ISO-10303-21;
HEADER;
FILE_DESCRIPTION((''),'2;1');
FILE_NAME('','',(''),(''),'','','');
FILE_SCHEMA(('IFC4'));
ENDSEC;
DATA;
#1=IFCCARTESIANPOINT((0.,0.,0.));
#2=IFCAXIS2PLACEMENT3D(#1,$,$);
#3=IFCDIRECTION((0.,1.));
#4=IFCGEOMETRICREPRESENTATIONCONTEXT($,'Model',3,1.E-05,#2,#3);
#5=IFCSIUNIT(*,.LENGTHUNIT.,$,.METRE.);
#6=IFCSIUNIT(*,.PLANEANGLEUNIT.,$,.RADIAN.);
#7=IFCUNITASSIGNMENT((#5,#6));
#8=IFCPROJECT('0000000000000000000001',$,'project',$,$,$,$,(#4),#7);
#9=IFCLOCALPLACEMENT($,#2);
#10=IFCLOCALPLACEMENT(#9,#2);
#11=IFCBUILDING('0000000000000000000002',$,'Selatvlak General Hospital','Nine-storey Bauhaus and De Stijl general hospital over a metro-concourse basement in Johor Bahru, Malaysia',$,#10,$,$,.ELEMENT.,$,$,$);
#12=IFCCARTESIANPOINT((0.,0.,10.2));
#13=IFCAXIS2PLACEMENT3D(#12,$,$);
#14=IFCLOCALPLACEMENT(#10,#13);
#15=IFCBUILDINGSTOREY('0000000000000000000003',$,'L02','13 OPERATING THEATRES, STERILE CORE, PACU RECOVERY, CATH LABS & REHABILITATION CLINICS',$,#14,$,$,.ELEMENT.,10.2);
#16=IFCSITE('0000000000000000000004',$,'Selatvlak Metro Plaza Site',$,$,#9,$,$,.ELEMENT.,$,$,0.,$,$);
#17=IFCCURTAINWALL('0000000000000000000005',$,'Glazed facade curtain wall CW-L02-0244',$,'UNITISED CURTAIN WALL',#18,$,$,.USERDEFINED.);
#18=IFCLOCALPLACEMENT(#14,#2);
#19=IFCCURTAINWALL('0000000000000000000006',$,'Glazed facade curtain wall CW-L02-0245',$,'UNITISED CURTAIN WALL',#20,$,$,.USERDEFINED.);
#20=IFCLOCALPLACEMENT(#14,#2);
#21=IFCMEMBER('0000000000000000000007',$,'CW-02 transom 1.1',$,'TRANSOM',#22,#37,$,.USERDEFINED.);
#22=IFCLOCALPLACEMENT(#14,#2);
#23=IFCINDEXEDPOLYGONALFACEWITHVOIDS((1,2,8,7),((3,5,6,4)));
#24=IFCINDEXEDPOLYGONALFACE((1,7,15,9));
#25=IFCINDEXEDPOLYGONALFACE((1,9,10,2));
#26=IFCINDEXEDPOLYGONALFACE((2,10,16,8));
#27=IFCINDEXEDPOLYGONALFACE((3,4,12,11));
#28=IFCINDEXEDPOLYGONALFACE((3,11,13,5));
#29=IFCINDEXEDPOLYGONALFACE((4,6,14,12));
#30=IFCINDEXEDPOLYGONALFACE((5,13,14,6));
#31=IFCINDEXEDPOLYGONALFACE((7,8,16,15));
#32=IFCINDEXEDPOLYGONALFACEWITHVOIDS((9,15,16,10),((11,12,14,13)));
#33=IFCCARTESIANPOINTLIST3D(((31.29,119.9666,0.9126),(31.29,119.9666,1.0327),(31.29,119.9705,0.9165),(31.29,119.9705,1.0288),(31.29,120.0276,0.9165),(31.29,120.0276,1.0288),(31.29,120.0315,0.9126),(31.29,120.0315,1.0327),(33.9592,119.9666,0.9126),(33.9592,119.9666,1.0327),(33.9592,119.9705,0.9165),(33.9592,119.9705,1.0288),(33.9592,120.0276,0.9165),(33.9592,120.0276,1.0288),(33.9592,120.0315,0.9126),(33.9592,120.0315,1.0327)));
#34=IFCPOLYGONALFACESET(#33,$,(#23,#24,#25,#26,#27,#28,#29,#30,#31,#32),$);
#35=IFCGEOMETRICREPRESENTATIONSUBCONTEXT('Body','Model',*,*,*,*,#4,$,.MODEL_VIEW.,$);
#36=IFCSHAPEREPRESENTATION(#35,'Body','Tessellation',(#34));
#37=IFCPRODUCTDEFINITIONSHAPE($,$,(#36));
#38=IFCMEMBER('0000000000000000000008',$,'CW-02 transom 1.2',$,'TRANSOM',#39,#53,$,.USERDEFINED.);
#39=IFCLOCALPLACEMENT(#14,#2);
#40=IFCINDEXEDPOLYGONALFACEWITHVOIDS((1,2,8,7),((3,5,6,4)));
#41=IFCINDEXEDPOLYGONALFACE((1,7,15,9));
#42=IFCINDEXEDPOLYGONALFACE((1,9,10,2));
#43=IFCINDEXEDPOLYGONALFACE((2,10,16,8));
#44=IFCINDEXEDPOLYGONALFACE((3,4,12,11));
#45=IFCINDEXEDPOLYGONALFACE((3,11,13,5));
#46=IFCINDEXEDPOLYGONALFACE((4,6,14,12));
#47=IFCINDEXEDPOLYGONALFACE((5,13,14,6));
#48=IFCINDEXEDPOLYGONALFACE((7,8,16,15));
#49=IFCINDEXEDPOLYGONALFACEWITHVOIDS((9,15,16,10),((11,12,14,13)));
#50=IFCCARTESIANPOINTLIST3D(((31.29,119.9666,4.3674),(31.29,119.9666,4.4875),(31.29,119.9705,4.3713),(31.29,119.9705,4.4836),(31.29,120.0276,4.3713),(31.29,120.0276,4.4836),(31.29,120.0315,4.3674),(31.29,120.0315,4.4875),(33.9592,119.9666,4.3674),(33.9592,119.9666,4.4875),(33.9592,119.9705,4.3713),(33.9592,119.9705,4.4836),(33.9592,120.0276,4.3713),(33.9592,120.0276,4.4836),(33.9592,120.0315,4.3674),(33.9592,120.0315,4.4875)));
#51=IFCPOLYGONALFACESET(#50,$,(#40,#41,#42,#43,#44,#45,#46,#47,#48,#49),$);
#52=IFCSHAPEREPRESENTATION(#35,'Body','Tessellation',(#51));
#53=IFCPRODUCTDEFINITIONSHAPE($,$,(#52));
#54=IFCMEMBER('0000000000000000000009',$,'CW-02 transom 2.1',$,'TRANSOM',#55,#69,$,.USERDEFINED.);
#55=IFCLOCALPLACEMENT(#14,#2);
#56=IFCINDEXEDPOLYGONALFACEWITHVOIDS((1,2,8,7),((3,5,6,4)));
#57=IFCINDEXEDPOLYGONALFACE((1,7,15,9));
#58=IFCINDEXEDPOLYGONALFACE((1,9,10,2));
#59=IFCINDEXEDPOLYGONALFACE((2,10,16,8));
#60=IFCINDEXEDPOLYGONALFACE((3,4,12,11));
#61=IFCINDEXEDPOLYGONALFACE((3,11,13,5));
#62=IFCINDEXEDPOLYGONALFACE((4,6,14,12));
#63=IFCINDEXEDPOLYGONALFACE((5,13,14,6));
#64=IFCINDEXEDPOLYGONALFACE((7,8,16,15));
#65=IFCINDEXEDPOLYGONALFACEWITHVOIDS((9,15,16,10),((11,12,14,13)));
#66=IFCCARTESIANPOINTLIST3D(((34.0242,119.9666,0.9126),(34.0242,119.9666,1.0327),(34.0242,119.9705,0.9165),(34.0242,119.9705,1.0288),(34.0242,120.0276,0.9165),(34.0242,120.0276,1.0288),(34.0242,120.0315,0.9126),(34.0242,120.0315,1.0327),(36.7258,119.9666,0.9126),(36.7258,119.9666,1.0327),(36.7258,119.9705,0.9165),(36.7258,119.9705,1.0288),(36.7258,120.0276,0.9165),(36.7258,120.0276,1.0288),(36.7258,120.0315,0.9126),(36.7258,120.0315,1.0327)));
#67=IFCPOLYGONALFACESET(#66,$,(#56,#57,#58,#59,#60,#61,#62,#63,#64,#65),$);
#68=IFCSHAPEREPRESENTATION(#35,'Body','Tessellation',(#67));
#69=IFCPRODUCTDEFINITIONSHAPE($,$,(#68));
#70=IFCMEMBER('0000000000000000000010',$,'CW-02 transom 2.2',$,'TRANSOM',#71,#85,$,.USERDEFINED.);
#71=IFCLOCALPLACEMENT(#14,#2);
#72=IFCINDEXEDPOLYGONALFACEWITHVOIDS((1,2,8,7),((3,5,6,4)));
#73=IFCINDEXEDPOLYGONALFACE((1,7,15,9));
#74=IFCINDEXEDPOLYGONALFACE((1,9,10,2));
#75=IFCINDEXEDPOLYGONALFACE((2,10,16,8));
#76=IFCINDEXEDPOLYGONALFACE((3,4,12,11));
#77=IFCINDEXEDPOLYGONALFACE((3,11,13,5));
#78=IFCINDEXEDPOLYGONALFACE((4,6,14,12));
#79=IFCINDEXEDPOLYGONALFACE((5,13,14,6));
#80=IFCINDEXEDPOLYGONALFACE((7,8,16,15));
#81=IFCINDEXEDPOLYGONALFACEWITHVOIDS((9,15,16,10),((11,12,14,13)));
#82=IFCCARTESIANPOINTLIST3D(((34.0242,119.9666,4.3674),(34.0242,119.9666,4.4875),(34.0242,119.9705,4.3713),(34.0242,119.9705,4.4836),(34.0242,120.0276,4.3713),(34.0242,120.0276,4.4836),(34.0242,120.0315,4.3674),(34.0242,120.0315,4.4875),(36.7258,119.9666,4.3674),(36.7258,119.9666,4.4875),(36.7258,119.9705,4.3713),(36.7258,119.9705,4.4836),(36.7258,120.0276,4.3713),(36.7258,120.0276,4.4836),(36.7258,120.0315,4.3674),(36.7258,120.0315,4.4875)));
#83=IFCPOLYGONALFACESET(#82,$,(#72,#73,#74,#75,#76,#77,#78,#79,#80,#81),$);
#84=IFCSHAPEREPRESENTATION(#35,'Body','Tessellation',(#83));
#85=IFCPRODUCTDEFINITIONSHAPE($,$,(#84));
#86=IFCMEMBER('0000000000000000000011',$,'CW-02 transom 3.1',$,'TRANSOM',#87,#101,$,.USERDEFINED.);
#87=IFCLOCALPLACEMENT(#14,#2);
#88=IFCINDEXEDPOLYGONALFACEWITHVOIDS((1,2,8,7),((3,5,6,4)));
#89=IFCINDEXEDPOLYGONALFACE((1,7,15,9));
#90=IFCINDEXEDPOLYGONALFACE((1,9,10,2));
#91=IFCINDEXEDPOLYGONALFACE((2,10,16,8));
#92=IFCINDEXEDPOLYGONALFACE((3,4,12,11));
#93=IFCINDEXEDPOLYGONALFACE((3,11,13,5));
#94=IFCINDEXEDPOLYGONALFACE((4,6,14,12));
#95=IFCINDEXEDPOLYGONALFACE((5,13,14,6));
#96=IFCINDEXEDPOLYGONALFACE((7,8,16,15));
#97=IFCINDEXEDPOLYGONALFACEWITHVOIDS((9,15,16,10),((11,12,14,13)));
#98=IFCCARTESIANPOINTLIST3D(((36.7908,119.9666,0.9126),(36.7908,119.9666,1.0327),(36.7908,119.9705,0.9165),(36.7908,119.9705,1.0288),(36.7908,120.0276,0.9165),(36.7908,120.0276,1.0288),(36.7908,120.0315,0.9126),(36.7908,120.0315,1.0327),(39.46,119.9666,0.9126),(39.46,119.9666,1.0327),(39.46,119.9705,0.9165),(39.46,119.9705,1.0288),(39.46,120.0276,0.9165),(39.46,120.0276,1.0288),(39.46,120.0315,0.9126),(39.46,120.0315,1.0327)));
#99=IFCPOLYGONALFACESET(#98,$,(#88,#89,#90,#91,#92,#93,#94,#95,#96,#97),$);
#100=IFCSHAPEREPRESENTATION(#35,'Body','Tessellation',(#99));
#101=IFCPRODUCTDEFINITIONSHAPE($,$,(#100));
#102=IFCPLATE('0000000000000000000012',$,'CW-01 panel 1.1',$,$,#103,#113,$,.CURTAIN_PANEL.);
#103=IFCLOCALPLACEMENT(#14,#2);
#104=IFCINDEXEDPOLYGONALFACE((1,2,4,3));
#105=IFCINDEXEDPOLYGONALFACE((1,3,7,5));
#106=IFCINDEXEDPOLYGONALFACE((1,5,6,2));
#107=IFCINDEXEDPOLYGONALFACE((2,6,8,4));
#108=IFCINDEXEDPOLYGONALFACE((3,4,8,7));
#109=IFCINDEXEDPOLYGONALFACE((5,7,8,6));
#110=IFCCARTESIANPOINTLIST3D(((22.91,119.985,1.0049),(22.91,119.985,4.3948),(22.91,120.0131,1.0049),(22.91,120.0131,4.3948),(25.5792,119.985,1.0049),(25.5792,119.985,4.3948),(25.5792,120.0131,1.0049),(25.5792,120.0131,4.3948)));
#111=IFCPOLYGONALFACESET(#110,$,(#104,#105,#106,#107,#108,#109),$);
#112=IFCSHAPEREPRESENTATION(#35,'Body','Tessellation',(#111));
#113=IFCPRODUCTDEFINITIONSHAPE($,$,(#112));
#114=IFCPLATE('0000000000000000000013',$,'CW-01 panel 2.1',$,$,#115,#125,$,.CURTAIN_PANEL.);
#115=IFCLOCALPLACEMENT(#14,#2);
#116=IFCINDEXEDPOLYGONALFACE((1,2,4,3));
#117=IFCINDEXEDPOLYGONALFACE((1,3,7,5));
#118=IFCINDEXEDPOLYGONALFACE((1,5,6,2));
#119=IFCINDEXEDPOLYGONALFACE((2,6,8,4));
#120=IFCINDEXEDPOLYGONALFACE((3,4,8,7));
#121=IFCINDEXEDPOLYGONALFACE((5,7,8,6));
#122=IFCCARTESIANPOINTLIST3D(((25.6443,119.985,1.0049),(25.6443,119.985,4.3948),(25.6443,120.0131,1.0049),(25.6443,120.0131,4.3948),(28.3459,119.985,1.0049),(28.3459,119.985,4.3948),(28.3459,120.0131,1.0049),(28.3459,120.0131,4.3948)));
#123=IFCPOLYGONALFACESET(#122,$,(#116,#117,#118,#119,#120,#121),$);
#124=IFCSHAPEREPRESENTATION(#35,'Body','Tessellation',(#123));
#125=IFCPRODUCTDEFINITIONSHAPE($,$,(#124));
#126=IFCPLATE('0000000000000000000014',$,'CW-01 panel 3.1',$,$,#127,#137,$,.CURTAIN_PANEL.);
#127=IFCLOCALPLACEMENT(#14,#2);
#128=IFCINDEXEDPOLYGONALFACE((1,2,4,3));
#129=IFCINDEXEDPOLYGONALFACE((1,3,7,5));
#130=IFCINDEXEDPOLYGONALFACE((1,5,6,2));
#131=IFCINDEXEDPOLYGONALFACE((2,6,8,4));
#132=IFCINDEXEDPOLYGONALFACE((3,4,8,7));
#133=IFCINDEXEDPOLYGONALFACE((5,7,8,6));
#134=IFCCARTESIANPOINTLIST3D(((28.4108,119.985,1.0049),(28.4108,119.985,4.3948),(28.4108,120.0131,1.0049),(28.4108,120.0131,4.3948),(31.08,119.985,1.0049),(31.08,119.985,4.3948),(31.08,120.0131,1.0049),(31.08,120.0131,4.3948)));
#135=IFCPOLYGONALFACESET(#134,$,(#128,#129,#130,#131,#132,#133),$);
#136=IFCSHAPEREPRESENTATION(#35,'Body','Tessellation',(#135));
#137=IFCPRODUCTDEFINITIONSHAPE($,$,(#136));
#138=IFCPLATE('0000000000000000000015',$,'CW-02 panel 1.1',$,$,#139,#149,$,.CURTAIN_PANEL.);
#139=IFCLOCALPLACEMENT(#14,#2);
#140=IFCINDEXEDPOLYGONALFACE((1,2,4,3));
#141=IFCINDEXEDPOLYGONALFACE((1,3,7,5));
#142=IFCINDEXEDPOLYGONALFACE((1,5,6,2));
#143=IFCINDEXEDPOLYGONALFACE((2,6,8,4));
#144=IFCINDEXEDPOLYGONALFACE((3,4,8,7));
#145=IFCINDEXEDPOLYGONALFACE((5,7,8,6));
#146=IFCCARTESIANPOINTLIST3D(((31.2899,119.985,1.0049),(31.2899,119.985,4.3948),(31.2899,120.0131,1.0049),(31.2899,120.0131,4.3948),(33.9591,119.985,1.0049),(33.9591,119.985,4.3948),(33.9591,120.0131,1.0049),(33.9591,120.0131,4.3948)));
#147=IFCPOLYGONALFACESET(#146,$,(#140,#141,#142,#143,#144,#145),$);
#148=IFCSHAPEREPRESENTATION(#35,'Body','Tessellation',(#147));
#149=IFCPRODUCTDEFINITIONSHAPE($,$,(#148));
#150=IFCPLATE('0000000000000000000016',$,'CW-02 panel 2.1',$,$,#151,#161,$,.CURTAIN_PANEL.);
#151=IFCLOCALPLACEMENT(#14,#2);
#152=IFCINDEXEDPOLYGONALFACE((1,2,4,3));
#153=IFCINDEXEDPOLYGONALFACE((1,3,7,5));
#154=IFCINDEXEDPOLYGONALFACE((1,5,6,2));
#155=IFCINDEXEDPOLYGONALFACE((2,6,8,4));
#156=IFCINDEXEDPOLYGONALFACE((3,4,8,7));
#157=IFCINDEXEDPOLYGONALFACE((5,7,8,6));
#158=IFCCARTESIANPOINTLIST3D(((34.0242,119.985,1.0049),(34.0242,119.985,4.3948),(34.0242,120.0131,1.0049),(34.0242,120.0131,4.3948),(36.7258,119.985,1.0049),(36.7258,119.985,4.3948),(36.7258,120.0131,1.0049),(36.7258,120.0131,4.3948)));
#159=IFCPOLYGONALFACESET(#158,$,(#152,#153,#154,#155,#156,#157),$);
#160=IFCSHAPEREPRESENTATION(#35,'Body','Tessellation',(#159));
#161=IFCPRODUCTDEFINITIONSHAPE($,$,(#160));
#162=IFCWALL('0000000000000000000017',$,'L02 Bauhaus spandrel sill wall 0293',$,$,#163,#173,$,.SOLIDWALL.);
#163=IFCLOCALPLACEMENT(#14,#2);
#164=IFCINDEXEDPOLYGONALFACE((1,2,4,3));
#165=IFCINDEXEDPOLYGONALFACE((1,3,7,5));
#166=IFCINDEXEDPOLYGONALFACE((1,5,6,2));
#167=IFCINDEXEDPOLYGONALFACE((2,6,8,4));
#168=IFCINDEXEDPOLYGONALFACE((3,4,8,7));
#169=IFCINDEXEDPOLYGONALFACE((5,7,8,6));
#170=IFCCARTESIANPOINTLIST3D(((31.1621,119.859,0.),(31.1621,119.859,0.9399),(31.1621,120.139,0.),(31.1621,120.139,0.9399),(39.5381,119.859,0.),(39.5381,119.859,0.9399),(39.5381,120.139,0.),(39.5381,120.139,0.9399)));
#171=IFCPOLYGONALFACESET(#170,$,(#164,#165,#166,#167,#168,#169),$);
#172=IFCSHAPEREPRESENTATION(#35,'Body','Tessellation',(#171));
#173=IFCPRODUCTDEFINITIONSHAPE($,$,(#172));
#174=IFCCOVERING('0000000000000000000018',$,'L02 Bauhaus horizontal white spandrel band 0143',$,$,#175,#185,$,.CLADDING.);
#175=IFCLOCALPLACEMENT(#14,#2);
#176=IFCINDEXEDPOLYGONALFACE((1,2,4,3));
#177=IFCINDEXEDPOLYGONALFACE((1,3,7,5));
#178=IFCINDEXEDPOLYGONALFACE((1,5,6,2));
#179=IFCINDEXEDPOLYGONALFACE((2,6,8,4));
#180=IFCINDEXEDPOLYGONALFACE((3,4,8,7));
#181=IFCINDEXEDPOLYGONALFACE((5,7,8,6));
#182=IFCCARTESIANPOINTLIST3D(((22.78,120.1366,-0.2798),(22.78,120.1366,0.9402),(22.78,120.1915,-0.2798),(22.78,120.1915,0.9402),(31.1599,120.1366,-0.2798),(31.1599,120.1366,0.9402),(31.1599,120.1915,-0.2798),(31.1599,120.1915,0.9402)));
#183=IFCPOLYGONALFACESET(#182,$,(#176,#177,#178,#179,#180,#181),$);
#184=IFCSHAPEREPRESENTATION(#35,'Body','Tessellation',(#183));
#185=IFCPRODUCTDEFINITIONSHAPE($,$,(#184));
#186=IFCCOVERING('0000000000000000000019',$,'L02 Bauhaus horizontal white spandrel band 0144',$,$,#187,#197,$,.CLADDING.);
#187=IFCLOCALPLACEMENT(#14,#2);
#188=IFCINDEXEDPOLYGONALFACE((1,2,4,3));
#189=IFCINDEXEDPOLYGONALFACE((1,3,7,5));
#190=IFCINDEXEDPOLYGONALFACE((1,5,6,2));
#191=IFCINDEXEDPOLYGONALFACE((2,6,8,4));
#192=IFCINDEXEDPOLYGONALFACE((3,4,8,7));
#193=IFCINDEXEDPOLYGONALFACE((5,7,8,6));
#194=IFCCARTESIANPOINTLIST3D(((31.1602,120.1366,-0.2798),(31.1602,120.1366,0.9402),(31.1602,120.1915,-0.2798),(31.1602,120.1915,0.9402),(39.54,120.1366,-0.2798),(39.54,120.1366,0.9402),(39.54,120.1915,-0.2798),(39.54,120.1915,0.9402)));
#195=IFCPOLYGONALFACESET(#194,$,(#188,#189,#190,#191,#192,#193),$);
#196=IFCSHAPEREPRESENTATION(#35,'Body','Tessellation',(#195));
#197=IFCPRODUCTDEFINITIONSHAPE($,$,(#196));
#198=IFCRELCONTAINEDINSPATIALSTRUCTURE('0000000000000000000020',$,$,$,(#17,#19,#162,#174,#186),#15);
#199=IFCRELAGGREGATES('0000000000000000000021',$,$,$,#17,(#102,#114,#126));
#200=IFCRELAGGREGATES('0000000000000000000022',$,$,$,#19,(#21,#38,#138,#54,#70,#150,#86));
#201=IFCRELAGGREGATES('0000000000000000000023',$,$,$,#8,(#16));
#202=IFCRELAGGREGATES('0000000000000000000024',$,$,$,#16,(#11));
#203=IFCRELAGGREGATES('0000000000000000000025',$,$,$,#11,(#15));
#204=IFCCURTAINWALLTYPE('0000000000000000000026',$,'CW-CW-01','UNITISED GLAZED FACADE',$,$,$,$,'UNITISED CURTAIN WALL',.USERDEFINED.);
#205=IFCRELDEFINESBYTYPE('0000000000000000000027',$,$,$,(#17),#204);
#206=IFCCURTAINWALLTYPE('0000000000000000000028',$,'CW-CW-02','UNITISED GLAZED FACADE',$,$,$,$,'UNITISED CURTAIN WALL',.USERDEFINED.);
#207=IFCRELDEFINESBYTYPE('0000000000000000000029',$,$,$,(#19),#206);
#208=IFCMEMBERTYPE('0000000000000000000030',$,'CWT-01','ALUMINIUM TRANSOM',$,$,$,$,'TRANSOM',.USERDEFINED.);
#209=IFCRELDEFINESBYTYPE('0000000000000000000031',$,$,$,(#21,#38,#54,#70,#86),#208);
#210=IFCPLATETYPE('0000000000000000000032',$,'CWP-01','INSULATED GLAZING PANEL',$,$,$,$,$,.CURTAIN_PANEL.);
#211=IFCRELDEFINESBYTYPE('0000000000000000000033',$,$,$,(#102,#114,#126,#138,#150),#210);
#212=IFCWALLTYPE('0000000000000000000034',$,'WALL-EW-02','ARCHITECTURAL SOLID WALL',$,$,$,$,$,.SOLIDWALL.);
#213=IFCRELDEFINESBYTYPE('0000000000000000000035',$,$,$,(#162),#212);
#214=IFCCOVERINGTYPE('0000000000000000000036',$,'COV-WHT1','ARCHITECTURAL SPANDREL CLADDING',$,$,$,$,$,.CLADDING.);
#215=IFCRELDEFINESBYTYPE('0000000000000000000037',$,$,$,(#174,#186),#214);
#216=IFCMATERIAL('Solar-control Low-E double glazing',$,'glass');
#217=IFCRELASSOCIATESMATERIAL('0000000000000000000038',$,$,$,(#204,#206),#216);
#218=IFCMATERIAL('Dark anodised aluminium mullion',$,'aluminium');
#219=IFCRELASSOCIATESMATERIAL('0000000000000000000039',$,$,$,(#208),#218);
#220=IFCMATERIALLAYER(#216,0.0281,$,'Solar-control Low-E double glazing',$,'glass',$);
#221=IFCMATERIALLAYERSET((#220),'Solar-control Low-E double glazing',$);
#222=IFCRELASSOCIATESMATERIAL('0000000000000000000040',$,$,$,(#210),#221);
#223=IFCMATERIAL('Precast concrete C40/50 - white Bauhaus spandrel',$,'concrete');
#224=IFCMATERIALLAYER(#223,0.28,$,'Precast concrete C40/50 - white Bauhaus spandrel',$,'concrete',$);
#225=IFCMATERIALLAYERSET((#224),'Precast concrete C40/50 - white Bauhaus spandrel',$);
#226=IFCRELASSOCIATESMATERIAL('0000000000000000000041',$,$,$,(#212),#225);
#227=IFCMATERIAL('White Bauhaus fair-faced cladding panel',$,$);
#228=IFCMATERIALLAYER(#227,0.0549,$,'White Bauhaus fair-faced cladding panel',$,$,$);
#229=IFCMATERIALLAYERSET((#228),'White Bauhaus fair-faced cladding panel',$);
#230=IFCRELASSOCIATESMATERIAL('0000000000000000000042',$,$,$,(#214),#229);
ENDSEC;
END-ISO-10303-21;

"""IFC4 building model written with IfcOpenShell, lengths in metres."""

from ifc_helpers import new_model, si_unit, direction, frame, frame_2d, origin, origin_2d, place, context, subcontext, project, spatial, rectangle, hollow_rectangle, extrude, material, layer, layer_set, material_profile, profile_set, type_object, element, aggregate, save


model = new_model("IFC4")

# Units and contexts
model_context = context("Model", 3, precision=1e-05, world=origin(), true_north=direction((0.0, 1.0)))
body_context = subcontext(model_context, "Body", "Model", "MODEL_VIEW")
ifc_project = project(units=[si_unit("LENGTHUNIT", "METRE"), si_unit("PLANEANGLEUNIT", "RADIAN")], contexts=[model_context])

# Site, building, storey
site_placement = place(None, origin())
site = spatial("IfcSite", under=ifc_project, at=site_placement, Name="Selatvlak Metro Plaza Site", CompositionType="ELEMENT", RefElevation=0.0)
building_placement = place(site_placement, origin())
building = spatial("IfcBuilding", under=site, at=building_placement, Name="Selatvlak General Hospital", Description="Nine-storey Bauhaus and De Stijl general hospital over a metro-concourse basement in Johor Bahru, Malaysia", CompositionType="ELEMENT")
storey_placement = place(building_placement, frame((0.0, 0.0, 10.2)))
storey = spatial("IfcBuildingStorey", under=building, at=storey_placement, Name="L02", Description="13 OPERATING THEATRES, STERILE CORE, PACU RECOVERY, CATH LABS & REHABILITATION CLINICS", CompositionType="ELEMENT", Elevation=10.2)

# Curtain walls
ifc_material_1 = material(Name="Solar-control Low-E double glazing", Category="glass")
curtain_wall_type_1 = type_object("IfcCurtainWallType", Name="CW-CW-01", Description="UNITISED GLAZED FACADE", ElementType="UNITISED CURTAIN WALL", PredefinedType="USERDEFINED", material=ifc_material_1)
curtain_wall_1_placement = place(storey_placement, origin())
curtain_wall_1 = element("IfcCurtainWall", 1, at=curtain_wall_1_placement, inside=storey, type_object=curtain_wall_type_1, Name="Glazed facade curtain wall CW-L02-0244", ObjectType="UNITISED CURTAIN WALL", PredefinedType="USERDEFINED")
ifc_material_2 = material(Name="Dark anodised aluminium mullion", Category="aluminium")
curtain_wall_type_2 = type_object("IfcCurtainWallType", Name="CW-CW-02", Description="UNITISED GLAZED FACADE", ElementType="UNITISED CURTAIN WALL", PredefinedType="USERDEFINED", material=ifc_material_1)
curtain_wall_2_placement = place(storey_placement, origin())
curtain_wall_2 = element("IfcCurtainWall", 2, at=curtain_wall_2_placement, inside=storey, type_object=curtain_wall_type_2, Name="Glazed facade curtain wall CW-L02-0245", ObjectType="UNITISED CURTAIN WALL", PredefinedType="USERDEFINED")

# Members
ifc_material_profile_1 = material_profile(ifc_material_2, hollow_rectangle(XDim=0.0649, YDim=0.1201, WallThickness=0.0039, at=origin_2d()), Name="AL-TRN 65x120x4")
ifc_profile_set_1 = profile_set([ifc_material_profile_1], Name="Dark anodised aluminium mullion")
member_type_1 = type_object("IfcMemberType", Name="CWT-01", Description="ALUMINIUM TRANSOM", ElementType="TRANSOM", PredefinedType="USERDEFINED", material=ifc_profile_set_1)
member_1_placement = place(storey_placement, frame((31.29, 119.999, 0.9727), z_axis=(1.0, 0.0, 0.0), x_axis=(0.0, 1.0, 0.0)))
member_1 = element("IfcMember", 3, at=member_1_placement, type_object=member_type_1, Name="CW-02 transom 1.1", ObjectType="TRANSOM", PredefinedType="USERDEFINED", context=body_context, shape_type="SweptSolid", body=[
    extrude(hollow_rectangle(XDim=0.0649, YDim=0.1201, WallThickness=0.0039, at=origin_2d()), origin(), (0.0, 0.0, 1.0), 2.6692),
])
member_2_placement = place(storey_placement, frame((31.29, 119.999, 4.4275), z_axis=(1.0, 0.0, 0.0), x_axis=(0.0, 1.0, 0.0)))
member_2 = element("IfcMember", 4, at=member_2_placement, type_object=member_type_1, Name="CW-02 transom 1.2", ObjectType="TRANSOM", PredefinedType="USERDEFINED", context=body_context, shape_type="SweptSolid", body=[
    extrude(hollow_rectangle(XDim=0.0649, YDim=0.1201, WallThickness=0.0039, at=origin_2d()), origin(), (0.0, 0.0, 1.0), 2.6692),
])
member_3_placement = place(storey_placement, frame((34.0242, 119.999, 0.9727), z_axis=(1.0, 0.0, 0.0), x_axis=(0.0, 1.0, 0.0)))
member_3 = element("IfcMember", 5, at=member_3_placement, type_object=member_type_1, Name="CW-02 transom 2.1", ObjectType="TRANSOM", PredefinedType="USERDEFINED", context=body_context, shape_type="SweptSolid", body=[
    extrude(hollow_rectangle(XDim=0.0649, YDim=0.1201, WallThickness=0.0039, at=origin_2d()), origin(), (0.0, 0.0, 1.0), 2.7017),
])
member_4_placement = place(storey_placement, frame((34.0242, 119.999, 4.4275), z_axis=(1.0, 0.0, 0.0), x_axis=(0.0, 1.0, 0.0)))
member_4 = element("IfcMember", 6, at=member_4_placement, type_object=member_type_1, Name="CW-02 transom 2.2", ObjectType="TRANSOM", PredefinedType="USERDEFINED", context=body_context, shape_type="SweptSolid", body=[
    extrude(hollow_rectangle(XDim=0.0649, YDim=0.1201, WallThickness=0.0039, at=origin_2d()), origin(), (0.0, 0.0, 1.0), 2.7017),
])
member_5_placement = place(storey_placement, frame((36.7908, 119.999, 0.9727), z_axis=(1.0, 0.0, 0.0), x_axis=(0.0, 1.0, 0.0)))
member_5 = element("IfcMember", 7, at=member_5_placement, type_object=member_type_1, Name="CW-02 transom 3.1", ObjectType="TRANSOM", PredefinedType="USERDEFINED", context=body_context, shape_type="SweptSolid", body=[
    extrude(hollow_rectangle(XDim=0.0649, YDim=0.1201, WallThickness=0.0039, at=origin_2d()), origin(), (0.0, 0.0, 1.0), 2.6692),
])

# Plates
ifc_layer_1 = layer(ifc_material_1, 0.0281, Name="Solar-control Low-E double glazing", Category="glass")
ifc_layer_set_1 = layer_set([ifc_layer_1], Name="Solar-control Low-E double glazing")
plate_type = type_object("IfcPlateType", Name="CWP-01", Description="INSULATED GLAZING PANEL", PredefinedType="CURTAIN_PANEL", material=ifc_layer_set_1)
plate_1_placement = place(storey_placement, frame((24.2446, 119.999, 1.0049), z_axis=(0.0, 0.0, 1.0), x_axis=(1.0, 0.0, 0.0)))
plate_1 = element("IfcPlate", 8, at=plate_1_placement, type_object=plate_type, Name="CW-01 panel 1.1", PredefinedType="CURTAIN_PANEL", context=body_context, shape_type="SweptSolid", body=[
    extrude(rectangle(XDim=2.6692, YDim=0.0281, at=origin_2d()), origin(), (0.0, 0.0, 1.0), 3.3899),
])
plate_2_placement = place(storey_placement, frame((26.9951, 119.999, 1.0049), z_axis=(0.0, 0.0, 1.0), x_axis=(1.0, 0.0, 0.0)))
plate_2 = element("IfcPlate", 9, at=plate_2_placement, type_object=plate_type, Name="CW-01 panel 2.1", PredefinedType="CURTAIN_PANEL", context=body_context, shape_type="SweptSolid", body=[
    extrude(rectangle(XDim=2.7017, YDim=0.0281, at=origin_2d()), origin(), (0.0, 0.0, 1.0), 3.3899),
])
plate_3_placement = place(storey_placement, frame((29.7454, 119.999, 1.0049), z_axis=(0.0, 0.0, 1.0), x_axis=(1.0, 0.0, 0.0)))
plate_3 = element("IfcPlate", 10, at=plate_3_placement, type_object=plate_type, Name="CW-01 panel 3.1", PredefinedType="CURTAIN_PANEL", context=body_context, shape_type="SweptSolid", body=[
    extrude(rectangle(XDim=2.6692, YDim=0.0281, at=origin_2d()), origin(), (0.0, 0.0, 1.0), 3.3899),
])
aggregate(curtain_wall_1, [plate_1, plate_2, plate_3])
plate_4_placement = place(storey_placement, frame((32.6245, 119.999, 1.0049), z_axis=(0.0, 0.0, 1.0), x_axis=(1.0, 0.0, 0.0)))
plate_4 = element("IfcPlate", 11, at=plate_4_placement, type_object=plate_type, Name="CW-02 panel 1.1", PredefinedType="CURTAIN_PANEL", context=body_context, shape_type="SweptSolid", body=[
    extrude(rectangle(XDim=2.6692, YDim=0.0281, at=origin_2d()), origin(), (0.0, 0.0, 1.0), 3.3899),
])
plate_5_placement = place(storey_placement, frame((35.375, 119.999, 1.0049), z_axis=(0.0, 0.0, 1.0), x_axis=(1.0, 0.0, 0.0)))
plate_5 = element("IfcPlate", 12, at=plate_5_placement, type_object=plate_type, Name="CW-02 panel 2.1", PredefinedType="CURTAIN_PANEL", context=body_context, shape_type="SweptSolid", body=[
    extrude(rectangle(XDim=2.7017, YDim=0.0281, at=origin_2d()), origin(), (0.0, 0.0, 1.0), 3.3899),
])
aggregate(curtain_wall_2, [member_1, member_2, plate_4, member_3, member_4, plate_5, member_5])

# Wall
ifc_material_3 = material(Name="Precast concrete C40/50 - white Bauhaus spandrel", Category="concrete")
ifc_layer_2 = layer(ifc_material_3, 0.28, Name="Precast concrete C40/50 - white Bauhaus spandrel", Category="concrete")
ifc_layer_set_2 = layer_set([ifc_layer_2], Name="Precast concrete C40/50 - white Bauhaus spandrel")
wall_type = type_object("IfcWallType", Name="WALL-EW-02", Description="ARCHITECTURAL SOLID WALL", PredefinedType="SOLIDWALL", material=ifc_layer_set_2)
wall_placement = place(storey_placement, frame((31.1621, 119.999, 0.0), z_axis=(0.0, 0.0, 1.0), x_axis=(1.0, 0.0, 0.0)))
element("IfcWall", 13, at=wall_placement, inside=storey, type_object=wall_type, Name="L02 Bauhaus spandrel sill wall 0293", PredefinedType="SOLIDWALL", context=body_context, shape_type="SweptSolid", body=[
    extrude(rectangle(XDim=8.376, YDim=0.28, at=frame_2d((4.188, 0.0))), origin(), (0.0, 0.0, 1.0), 0.9399),
])

# Coverings
ifc_material_4 = material(Name="White Bauhaus fair-faced cladding panel")
ifc_layer_3 = layer(ifc_material_4, 0.0549, Name="White Bauhaus fair-faced cladding panel")
ifc_layer_set_3 = layer_set([ifc_layer_3], Name="White Bauhaus fair-faced cladding panel")
covering_type = type_object("IfcCoveringType", Name="COV-WHT1", Description="ARCHITECTURAL SPANDREL CLADDING", PredefinedType="CLADDING", material=ifc_layer_set_3)
for number, where, z_axis, x_axis, name in (
    (14, (26.97, 120.1641, -0.2798), (0.0, 0.0, 1.0), (1.0, 0.0, 0.0), "L02 Bauhaus horizontal white spandrel band 0143"),
    (15, (35.3501, 120.1641, -0.2798), (0.0, 0.0, 1.0), (1.0, 0.0, 0.0), "L02 Bauhaus horizontal white spandrel band 0144"),
):
    element("IfcCovering", number, at=place(storey_placement, frame(where, z_axis=z_axis, x_axis=x_axis)), inside=storey, type_object=covering_type, Name=name, PredefinedType="CLADDING", context=body_context, shape_type="SweptSolid", body=[
        extrude(rectangle(XDim=8.3799, YDim=0.0549, at=origin_2d()), origin(), (0.0, 0.0, 1.0), 1.22),
    ])

save(model, "model.ifc")
